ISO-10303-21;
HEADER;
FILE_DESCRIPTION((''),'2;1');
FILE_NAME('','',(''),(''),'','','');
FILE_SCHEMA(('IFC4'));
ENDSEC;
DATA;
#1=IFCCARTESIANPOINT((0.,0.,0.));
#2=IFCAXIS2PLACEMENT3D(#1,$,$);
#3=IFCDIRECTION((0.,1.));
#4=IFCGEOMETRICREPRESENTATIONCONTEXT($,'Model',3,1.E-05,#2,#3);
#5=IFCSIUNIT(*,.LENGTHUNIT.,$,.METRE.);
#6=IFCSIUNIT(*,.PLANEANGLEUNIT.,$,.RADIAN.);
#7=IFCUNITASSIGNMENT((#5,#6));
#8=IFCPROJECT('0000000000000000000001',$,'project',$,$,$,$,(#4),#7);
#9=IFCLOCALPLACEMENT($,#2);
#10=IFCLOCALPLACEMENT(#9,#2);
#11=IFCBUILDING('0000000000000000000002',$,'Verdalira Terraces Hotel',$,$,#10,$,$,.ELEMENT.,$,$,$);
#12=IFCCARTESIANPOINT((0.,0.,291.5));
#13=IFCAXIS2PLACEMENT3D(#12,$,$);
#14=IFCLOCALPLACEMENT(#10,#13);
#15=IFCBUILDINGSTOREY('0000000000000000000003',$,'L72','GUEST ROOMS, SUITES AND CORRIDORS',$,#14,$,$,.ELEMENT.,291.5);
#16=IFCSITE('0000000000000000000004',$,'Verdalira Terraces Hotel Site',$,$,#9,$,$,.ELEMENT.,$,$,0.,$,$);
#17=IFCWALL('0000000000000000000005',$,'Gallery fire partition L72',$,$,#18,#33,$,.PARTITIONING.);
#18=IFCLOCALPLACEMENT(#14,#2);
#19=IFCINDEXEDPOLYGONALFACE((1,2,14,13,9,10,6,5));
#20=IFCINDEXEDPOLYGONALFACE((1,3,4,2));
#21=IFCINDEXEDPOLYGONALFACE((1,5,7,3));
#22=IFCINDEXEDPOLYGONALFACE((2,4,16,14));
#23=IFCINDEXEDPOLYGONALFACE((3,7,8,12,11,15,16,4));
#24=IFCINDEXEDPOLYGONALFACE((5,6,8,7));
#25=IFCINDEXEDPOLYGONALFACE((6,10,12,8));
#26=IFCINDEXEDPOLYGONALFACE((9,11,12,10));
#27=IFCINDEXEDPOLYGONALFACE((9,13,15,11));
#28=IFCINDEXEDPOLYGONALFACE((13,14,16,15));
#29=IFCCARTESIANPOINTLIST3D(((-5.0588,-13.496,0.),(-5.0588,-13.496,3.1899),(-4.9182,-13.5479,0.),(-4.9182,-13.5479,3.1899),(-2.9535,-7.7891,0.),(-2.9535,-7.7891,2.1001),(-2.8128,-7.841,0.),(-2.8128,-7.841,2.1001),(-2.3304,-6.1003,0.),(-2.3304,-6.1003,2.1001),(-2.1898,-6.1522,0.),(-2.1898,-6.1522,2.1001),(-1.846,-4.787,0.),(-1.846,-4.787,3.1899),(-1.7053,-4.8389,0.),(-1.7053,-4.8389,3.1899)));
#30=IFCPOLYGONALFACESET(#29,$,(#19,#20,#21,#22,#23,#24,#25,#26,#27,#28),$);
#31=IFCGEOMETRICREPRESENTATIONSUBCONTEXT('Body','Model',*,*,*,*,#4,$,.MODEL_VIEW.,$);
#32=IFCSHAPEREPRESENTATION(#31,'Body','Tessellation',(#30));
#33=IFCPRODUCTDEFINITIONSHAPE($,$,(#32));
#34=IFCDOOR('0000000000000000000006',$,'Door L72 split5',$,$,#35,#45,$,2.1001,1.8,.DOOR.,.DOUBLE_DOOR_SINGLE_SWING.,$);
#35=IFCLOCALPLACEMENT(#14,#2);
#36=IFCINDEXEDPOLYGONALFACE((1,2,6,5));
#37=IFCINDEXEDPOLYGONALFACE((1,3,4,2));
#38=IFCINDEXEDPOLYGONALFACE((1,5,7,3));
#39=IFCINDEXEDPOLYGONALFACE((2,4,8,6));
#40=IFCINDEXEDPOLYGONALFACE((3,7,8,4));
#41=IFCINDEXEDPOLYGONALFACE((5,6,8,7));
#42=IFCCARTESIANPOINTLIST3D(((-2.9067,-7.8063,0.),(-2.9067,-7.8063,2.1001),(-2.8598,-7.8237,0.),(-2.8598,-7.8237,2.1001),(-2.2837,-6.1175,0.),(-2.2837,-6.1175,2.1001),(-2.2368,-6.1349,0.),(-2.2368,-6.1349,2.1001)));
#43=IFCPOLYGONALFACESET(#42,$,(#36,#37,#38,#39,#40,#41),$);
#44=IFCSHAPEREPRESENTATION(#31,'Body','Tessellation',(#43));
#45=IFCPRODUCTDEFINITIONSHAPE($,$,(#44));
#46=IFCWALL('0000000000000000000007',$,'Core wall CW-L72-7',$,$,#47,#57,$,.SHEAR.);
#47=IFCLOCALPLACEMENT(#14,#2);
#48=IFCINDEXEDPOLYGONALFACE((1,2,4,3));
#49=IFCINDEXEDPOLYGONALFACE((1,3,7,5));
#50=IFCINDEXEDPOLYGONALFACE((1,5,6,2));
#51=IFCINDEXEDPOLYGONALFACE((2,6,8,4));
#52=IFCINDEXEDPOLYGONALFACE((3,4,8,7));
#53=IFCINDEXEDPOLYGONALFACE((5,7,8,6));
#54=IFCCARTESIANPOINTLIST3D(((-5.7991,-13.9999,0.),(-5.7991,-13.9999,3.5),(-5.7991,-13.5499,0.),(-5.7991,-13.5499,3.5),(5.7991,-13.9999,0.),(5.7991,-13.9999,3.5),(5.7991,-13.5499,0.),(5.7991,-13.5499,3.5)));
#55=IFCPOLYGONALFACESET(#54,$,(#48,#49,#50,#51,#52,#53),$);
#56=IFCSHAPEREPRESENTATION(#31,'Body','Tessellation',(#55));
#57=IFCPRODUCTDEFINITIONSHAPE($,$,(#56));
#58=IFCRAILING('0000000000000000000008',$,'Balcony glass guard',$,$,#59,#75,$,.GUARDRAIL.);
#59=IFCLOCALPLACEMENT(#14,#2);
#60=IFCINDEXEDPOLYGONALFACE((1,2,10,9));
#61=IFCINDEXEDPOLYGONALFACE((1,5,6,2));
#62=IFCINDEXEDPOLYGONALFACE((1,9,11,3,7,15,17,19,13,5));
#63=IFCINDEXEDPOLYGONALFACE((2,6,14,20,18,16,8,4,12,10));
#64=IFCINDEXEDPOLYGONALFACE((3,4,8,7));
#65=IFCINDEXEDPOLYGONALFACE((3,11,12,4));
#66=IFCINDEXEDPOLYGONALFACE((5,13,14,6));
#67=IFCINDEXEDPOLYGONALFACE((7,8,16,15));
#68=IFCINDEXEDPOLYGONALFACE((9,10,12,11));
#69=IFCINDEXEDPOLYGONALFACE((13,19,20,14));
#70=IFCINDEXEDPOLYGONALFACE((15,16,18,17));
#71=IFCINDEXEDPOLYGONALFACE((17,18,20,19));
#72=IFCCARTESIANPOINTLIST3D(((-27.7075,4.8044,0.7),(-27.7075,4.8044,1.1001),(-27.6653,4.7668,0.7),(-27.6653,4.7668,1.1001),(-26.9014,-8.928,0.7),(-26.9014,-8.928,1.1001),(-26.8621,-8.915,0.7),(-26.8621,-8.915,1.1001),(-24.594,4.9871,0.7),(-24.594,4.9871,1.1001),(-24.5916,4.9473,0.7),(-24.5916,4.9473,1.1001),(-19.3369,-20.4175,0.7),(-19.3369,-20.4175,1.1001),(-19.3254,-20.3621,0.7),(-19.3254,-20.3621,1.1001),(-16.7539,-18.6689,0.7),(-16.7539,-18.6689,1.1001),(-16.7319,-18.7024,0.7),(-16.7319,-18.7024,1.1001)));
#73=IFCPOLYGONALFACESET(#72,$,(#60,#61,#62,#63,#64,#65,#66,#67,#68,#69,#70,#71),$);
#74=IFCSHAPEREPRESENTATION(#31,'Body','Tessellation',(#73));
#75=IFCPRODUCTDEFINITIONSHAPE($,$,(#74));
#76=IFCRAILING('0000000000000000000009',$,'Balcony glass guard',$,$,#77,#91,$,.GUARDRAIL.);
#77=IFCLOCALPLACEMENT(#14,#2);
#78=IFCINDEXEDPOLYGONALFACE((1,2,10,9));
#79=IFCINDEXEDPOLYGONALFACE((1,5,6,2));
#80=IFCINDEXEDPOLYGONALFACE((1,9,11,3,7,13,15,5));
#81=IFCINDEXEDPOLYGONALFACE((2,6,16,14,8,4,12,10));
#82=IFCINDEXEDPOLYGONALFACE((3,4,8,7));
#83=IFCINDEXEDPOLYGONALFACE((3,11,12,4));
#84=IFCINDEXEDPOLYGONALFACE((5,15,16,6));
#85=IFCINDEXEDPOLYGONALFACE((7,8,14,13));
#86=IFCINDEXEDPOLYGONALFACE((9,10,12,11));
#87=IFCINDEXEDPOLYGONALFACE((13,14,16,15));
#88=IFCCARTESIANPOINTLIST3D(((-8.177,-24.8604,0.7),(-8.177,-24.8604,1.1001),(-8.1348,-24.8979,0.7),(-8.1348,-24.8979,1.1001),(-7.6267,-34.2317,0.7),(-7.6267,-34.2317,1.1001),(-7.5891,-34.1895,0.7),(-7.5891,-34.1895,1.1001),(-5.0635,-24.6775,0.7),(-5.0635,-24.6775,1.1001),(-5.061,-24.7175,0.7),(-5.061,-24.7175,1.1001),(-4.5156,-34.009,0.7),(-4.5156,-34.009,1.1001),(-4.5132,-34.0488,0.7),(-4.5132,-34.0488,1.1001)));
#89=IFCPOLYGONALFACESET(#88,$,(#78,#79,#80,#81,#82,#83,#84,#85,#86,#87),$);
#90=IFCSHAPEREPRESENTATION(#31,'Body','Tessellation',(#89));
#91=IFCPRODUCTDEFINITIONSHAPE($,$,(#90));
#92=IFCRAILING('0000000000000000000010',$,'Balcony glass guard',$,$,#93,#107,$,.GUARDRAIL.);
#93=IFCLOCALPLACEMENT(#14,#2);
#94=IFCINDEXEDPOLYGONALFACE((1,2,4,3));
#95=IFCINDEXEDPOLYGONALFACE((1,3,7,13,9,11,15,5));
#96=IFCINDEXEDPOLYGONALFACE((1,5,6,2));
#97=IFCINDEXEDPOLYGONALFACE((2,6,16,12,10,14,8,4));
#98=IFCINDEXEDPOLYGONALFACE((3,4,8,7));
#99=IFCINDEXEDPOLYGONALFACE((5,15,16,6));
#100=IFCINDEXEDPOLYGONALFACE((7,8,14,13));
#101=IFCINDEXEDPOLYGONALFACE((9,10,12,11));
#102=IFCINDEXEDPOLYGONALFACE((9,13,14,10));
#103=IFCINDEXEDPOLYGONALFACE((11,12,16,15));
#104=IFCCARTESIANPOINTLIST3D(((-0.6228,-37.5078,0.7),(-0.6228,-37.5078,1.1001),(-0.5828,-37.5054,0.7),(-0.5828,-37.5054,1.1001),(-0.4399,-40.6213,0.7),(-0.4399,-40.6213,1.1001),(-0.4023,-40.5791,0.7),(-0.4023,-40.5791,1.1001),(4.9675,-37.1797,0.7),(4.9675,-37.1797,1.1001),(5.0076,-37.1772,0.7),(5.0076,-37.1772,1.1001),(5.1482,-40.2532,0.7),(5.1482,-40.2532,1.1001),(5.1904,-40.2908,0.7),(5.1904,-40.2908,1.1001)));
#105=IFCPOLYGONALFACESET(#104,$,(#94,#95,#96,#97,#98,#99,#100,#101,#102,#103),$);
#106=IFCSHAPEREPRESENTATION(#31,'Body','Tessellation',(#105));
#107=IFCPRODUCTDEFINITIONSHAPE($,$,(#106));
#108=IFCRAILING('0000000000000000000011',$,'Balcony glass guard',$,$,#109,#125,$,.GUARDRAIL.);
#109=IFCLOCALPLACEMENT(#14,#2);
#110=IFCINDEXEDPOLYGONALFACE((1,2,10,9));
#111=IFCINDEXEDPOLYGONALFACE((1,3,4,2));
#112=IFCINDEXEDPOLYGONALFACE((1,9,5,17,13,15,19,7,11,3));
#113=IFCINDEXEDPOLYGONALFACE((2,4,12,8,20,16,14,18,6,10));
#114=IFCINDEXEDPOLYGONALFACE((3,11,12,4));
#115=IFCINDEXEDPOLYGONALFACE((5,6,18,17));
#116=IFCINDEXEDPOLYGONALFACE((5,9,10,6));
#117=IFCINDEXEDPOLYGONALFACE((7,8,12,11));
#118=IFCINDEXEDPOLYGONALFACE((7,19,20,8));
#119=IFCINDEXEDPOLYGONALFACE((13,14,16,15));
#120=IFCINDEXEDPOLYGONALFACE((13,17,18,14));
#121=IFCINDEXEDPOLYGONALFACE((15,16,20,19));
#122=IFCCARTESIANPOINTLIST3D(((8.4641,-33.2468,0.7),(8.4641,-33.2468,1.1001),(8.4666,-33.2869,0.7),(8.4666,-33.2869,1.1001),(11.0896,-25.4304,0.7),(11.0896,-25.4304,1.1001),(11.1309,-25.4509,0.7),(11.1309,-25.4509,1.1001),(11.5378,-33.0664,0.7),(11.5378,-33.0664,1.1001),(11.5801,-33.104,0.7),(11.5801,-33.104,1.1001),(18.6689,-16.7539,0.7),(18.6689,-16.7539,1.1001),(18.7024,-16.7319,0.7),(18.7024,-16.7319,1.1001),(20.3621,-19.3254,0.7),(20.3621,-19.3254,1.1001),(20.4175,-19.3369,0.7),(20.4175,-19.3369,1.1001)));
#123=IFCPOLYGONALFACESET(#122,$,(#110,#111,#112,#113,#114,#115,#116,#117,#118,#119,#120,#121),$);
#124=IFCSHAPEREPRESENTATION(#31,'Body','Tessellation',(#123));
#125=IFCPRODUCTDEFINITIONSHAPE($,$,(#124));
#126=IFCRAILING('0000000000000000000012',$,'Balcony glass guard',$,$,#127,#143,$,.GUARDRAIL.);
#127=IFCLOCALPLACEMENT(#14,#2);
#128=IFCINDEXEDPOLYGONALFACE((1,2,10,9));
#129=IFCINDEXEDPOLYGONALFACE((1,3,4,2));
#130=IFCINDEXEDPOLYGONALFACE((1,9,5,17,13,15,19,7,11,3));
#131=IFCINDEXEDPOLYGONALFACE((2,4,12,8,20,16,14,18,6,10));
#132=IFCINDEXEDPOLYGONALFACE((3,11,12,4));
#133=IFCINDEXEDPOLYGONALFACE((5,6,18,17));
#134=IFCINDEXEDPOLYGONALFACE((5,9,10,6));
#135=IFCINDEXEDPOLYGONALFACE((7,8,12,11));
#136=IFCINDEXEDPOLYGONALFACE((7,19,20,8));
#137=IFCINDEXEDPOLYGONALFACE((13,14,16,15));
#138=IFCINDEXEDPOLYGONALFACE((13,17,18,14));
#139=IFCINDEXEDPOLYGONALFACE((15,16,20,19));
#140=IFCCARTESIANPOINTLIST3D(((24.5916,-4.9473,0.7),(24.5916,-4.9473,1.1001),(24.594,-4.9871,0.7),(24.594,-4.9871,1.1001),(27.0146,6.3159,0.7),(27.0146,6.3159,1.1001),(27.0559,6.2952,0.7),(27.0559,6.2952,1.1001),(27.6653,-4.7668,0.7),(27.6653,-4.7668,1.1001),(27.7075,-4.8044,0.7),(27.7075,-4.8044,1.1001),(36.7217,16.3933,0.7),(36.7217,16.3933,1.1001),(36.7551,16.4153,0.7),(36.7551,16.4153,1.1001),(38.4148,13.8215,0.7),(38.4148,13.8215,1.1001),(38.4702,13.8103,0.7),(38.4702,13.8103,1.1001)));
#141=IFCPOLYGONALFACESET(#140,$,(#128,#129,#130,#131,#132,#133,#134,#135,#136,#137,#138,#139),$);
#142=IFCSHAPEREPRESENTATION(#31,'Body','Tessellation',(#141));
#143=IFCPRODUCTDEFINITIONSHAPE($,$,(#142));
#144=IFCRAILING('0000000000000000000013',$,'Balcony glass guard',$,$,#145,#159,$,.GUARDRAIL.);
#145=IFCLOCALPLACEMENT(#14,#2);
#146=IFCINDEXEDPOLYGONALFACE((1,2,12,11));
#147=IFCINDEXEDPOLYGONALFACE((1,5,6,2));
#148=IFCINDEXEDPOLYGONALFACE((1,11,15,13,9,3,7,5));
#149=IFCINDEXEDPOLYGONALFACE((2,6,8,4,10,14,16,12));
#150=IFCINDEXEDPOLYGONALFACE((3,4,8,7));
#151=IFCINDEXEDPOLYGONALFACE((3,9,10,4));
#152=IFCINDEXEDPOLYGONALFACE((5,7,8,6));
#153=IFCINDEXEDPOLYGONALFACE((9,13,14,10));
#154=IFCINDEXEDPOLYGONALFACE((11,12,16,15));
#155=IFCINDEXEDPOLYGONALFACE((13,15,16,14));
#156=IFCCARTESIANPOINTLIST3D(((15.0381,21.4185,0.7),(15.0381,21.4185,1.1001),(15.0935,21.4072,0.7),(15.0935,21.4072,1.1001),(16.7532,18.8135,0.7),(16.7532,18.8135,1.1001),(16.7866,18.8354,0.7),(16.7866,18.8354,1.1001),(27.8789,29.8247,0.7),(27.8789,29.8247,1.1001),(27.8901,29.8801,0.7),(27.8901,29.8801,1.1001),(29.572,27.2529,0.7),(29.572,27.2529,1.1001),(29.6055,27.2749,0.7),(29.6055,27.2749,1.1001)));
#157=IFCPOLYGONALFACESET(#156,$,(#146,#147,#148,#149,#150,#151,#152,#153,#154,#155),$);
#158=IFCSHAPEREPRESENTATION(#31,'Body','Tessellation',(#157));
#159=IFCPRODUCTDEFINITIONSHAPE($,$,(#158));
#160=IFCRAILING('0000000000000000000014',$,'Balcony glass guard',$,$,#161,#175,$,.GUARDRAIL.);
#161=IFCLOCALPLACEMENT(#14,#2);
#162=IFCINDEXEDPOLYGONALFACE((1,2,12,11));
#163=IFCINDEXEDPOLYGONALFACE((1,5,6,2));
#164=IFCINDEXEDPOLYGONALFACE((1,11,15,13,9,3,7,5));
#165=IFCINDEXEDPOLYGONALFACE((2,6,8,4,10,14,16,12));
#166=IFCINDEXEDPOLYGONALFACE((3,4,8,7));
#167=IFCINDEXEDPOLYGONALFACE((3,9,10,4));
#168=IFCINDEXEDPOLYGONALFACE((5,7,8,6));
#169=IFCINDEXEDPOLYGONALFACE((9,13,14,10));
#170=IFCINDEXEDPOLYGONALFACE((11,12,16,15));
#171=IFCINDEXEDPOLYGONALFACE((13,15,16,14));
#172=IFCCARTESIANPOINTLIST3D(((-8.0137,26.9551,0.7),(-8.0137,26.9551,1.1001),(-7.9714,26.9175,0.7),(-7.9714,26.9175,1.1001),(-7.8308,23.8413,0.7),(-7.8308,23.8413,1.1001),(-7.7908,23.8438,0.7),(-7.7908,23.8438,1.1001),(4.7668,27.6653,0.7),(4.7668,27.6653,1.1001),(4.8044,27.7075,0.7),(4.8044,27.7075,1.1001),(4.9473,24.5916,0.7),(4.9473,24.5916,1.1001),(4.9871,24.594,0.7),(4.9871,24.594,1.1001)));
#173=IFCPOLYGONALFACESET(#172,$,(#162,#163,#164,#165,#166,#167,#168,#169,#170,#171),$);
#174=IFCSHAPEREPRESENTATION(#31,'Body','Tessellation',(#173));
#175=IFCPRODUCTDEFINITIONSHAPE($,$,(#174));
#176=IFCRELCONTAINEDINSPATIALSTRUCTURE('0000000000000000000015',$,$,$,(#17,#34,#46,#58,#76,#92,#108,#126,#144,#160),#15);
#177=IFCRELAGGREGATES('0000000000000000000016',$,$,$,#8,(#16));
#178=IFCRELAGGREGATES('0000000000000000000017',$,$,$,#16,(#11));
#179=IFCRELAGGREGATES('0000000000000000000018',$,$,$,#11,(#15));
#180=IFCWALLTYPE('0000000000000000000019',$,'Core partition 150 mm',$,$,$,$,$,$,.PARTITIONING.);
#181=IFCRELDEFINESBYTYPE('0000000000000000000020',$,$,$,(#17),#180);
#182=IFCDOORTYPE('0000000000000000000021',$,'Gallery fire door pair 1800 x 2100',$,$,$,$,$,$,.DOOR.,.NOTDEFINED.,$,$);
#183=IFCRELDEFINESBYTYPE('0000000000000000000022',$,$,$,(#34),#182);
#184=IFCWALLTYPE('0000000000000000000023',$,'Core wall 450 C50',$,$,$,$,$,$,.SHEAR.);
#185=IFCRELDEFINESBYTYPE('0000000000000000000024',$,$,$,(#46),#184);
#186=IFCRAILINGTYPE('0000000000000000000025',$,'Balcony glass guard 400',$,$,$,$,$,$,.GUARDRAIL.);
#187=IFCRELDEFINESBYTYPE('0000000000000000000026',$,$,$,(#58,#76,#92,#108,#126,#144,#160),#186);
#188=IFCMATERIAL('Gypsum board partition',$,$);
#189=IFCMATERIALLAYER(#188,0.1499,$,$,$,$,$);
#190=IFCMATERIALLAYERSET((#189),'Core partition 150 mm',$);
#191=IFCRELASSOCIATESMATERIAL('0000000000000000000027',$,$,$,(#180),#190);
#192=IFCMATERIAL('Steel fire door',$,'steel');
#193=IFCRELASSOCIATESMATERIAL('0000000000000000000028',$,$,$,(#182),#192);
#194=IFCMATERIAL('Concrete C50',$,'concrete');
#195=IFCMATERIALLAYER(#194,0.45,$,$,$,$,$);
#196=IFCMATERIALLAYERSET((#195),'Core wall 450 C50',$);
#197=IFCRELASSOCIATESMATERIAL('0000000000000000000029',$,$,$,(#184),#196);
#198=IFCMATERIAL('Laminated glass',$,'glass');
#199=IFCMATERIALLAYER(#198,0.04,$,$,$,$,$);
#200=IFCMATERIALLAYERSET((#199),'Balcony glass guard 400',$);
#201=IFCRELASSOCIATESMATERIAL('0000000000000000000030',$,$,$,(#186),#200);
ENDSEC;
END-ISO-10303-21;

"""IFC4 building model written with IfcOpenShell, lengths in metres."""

from ifc_helpers import new_model, si_unit, direction, frame, frame_2d, origin, place, context, subcontext, project, spatial, polyline, rectangle, outline, extrude, material, layer, layer_set, type_object, element, fill, save


model = new_model("IFC4")

# Units and contexts
model_context = context("Model", 3, precision=1e-05, world=origin(), true_north=direction((0.0, 1.0)))
body_context = subcontext(model_context, "Body", "Model", "MODEL_VIEW")
ifc_project = project(units=[si_unit("LENGTHUNIT", "METRE"), si_unit("PLANEANGLEUNIT", "RADIAN")], contexts=[model_context])

# Site, building, storey
site_placement = place(None, origin())
site = spatial("IfcSite", under=ifc_project, at=site_placement, Name="Verdalira Terraces Hotel Site", CompositionType="ELEMENT", RefElevation=0.0)
building_placement = place(site_placement, origin())
building = spatial("IfcBuilding", under=site, at=building_placement, Name="Verdalira Terraces Hotel", CompositionType="ELEMENT")
storey_placement = place(building_placement, frame((0.0, 0.0, 291.5)))
storey = spatial("IfcBuildingStorey", under=building, at=storey_placement, Name="L72", Description="GUEST ROOMS, SUITES AND CORRIDORS", CompositionType="ELEMENT", Elevation=291.5)

# Wall, opening, door
ifc_material_1 = material(Name="Gypsum board partition")
ifc_layer_1 = layer(ifc_material_1, 0.1499)
ifc_layer_set_1 = layer_set([ifc_layer_1], Name="Core partition 150 mm")
wall_type_1 = type_object("IfcWallType", Name="Core partition 150 mm", PredefinedType="PARTITIONING", material=ifc_layer_set_1)
wall_1_placement = place(storey_placement, frame((-1.7756, -4.813, 0.0), z_axis=(0.0, 0.0, 1.0), x_axis=(-0.346115, -0.938192, 0.0)))
wall_1 = element("IfcWall", 1, at=wall_1_placement, inside=storey, type_object=wall_type_1, Name="Gallery fire partition L72", PredefinedType="PARTITIONING", context=body_context, shape_type="SweptSolid", body=[
    extrude(rectangle(XDim=9.2827, YDim=0.1499, at=frame_2d((4.6414, 0.0))), origin(), (0.0, 0.0, 1.0), 3.1899),
])
opening_1_placement = place(wall_1_placement, frame((1.3999, 0.0, 0.0)))
opening_1 = element("IfcOpeningElement", 2, at=opening_1_placement, cuts=wall_1, PredefinedType="OPENING", context=body_context, shape_type="SweptSolid", body=[
    extrude(rectangle(XDim=1.8, YDim=2.1001, at=frame_2d((0.8999, 1.05))), frame((0.0, 0.085, 0.0), z_axis=(0.0, -1.0, 0.0), x_axis=(1.0, 0.0, 0.0)), (0.0, 0.0, 1.0), 0.1699),
])
ifc_material_2 = material(Name="Steel fire door", Category="steel")
door_type_1 = type_object("IfcDoorType", Name="Gallery fire door pair 1800 x 2100", OperationType="NOTDEFINED", PredefinedType="DOOR", material=ifc_material_2)
door_1_placement = place(opening_1_placement, origin())
door_1 = element("IfcDoor", 3, at=door_1_placement, inside=storey, type_object=door_type_1, Name="Door L72 split5", OperationType="DOUBLE_DOOR_SINGLE_SWING", OverallHeight=2.1001, OverallWidth=1.8, PredefinedType="DOOR", context=body_context, shape_type="SweptSolid", body=[
    extrude(rectangle(XDim=1.8, YDim=2.1001, at=frame_2d((0.8999, 1.05))), frame((0.0, 0.0249, 0.0), z_axis=(0.0, -1.0, 0.0), x_axis=(1.0, 0.0, 0.0)), (0.0, 0.0, 1.0), 0.05),
])
fill(opening_1, door_1)

# Wall
ifc_material_3 = material(Name="Concrete C50", Category="concrete")
ifc_layer_2 = layer(ifc_material_3, 0.45)
ifc_layer_set_2 = layer_set([ifc_layer_2], Name="Core wall 450 C50")
wall_type_2 = type_object("IfcWallType", Name="Core wall 450 C50", PredefinedType="SHEAR", material=ifc_layer_set_2)
wall_2_placement = place(storey_placement, frame((-5.7991, -13.7749, 0.0), z_axis=(0.0, 0.0, 1.0), x_axis=(1.0, 0.0, 0.0)))
element("IfcWall", 4, at=wall_2_placement, inside=storey, type_object=wall_type_2, Name="Core wall CW-L72-7", PredefinedType="SHEAR", context=body_context, shape_type="SweptSolid", body=[
    extrude(rectangle(XDim=11.5981, YDim=0.45, at=frame_2d((5.7991, 0.0))), origin(), (0.0, 0.0, 1.0), 3.5),
])

# Railings
ifc_material_4 = material(Name="Laminated glass", Category="glass")
ifc_layer_3 = layer(ifc_material_4, 0.04)
ifc_layer_set_3 = layer_set([ifc_layer_3], Name="Balcony glass guard 400")
railing_type_1 = type_object("IfcRailingType", Name="Balcony glass guard 400", PredefinedType="GUARDRAIL", material=ifc_layer_set_3)
railing_1_placement = place(storey_placement, frame((0.0, 0.0, 0.7)))
element("IfcRailing", 5, at=railing_1_placement, inside=storey, type_object=railing_type_1, Name="Balcony glass guard", PredefinedType="GUARDRAIL", context=body_context, shape_type="SweptSolid", body=[
    extrude(outline(polyline([(-27.6653, 4.7668), (-26.8621, -8.915), (-19.3254, -20.3621), (-16.7539, -18.6689), (-16.7319, -18.7024), (-19.3369, -20.4175), (-26.9014, -8.928), (-27.7075, 4.8044), (-24.594, 4.9871), (-24.5916, 4.9473), (-27.6653, 4.7668)])), origin(), (0.0, 0.0, 1.0), 0.4001),
])
railing_2_placement = place(storey_placement, frame((0.0, 0.0, 0.7)))
element("IfcRailing", 6, at=railing_2_placement, inside=storey, type_object=railing_type_1, Name="Balcony glass guard", PredefinedType="GUARDRAIL", context=body_context, shape_type="SweptSolid", body=[
    extrude(outline(polyline([(-8.1348, -24.8979), (-7.5891, -34.1895), (-4.5156, -34.009), (-4.5132, -34.0488), (-7.6267, -34.2317), (-8.177, -24.8604), (-5.0635, -24.6775), (-5.061, -24.7175), (-8.1348, -24.8979)])), origin(), (0.0, 0.0, 1.0), 0.4001),
])
railing_3_placement = place(storey_placement, frame((0.0, 0.0, 0.7)))
element("IfcRailing", 7, at=railing_3_placement, inside=storey, type_object=railing_type_1, Name="Balcony glass guard", PredefinedType="GUARDRAIL", context=body_context, shape_type="SweptSolid", body=[
    extrude(outline(polyline([(-0.4023, -40.5791), (5.1482, -40.2532), (4.9675, -37.1797), (5.0076, -37.1772), (5.1904, -40.2908), (-0.4399, -40.6213), (-0.6228, -37.5078), (-0.5828, -37.5054), (-0.4023, -40.5791)])), origin(), (0.0, 0.0, 1.0), 0.4001),
])
railing_4_placement = place(storey_placement, frame((0.0, 0.0, 0.7)))
element("IfcRailing", 8, at=railing_4_placement, inside=storey, type_object=railing_type_1, Name="Balcony glass guard", PredefinedType="GUARDRAIL", context=body_context, shape_type="SweptSolid", body=[
    extrude(outline(polyline([(11.5378, -33.0664), (11.0896, -25.4304), (20.3621, -19.3254), (18.6689, -16.7539), (18.7024, -16.7319), (20.4175, -19.3369), (11.1309, -25.4509), (11.5801, -33.104), (8.4666, -33.2869), (8.4641, -33.2468), (11.5378, -33.0664)])), origin(), (0.0, 0.0, 1.0), 0.4001),
])
railing_5_placement = place(storey_placement, frame((0.0, 0.0, 0.7)))
element("IfcRailing", 9, at=railing_5_placement, inside=storey, type_object=railing_type_1, Name="Balcony glass guard", PredefinedType="GUARDRAIL", context=body_context, shape_type="SweptSolid", body=[
    extrude(outline(polyline([(27.6653, -4.7668), (27.0146, 6.3159), (38.4148, 13.8215), (36.7217, 16.3933), (36.7551, 16.4153), (38.4702, 13.8103), (27.0559, 6.2952), (27.7075, -4.8044), (24.594, -4.9871), (24.5916, -4.9473), (27.6653, -4.7668)])), origin(), (0.0, 0.0, 1.0), 0.4001),
])
railing_6_placement = place(storey_placement, frame((0.0, 0.0, 0.7)))
element("IfcRailing", 10, at=railing_6_placement, inside=storey, type_object=railing_type_1, Name="Balcony glass guard", PredefinedType="GUARDRAIL", context=body_context, shape_type="SweptSolid", body=[
    extrude(outline(polyline([(27.8789, 29.8247), (15.0935, 21.4072), (16.7866, 18.8354), (16.7532, 18.8135), (15.0381, 21.4185), (27.8901, 29.8801), (29.6055, 27.2749), (29.572, 27.2529), (27.8789, 29.8247)])), origin(), (0.0, 0.0, 1.0), 0.4001),
])
railing_7_placement = place(storey_placement, frame((0.0, 0.0, 0.7)))
element("IfcRailing", 11, at=railing_7_placement, inside=storey, type_object=railing_type_1, Name="Balcony glass guard", PredefinedType="GUARDRAIL", context=body_context, shape_type="SweptSolid", body=[
    extrude(outline(polyline([(4.7668, 27.6653), (-7.9714, 26.9175), (-7.7908, 23.8438), (-7.8308, 23.8413), (-8.0137, 26.9551), (4.8044, 27.7075), (4.9871, 24.594), (4.9473, 24.5916), (4.7668, 27.6653)])), origin(), (0.0, 0.0, 1.0), 0.4001),
])

save(model, "model.ifc")
